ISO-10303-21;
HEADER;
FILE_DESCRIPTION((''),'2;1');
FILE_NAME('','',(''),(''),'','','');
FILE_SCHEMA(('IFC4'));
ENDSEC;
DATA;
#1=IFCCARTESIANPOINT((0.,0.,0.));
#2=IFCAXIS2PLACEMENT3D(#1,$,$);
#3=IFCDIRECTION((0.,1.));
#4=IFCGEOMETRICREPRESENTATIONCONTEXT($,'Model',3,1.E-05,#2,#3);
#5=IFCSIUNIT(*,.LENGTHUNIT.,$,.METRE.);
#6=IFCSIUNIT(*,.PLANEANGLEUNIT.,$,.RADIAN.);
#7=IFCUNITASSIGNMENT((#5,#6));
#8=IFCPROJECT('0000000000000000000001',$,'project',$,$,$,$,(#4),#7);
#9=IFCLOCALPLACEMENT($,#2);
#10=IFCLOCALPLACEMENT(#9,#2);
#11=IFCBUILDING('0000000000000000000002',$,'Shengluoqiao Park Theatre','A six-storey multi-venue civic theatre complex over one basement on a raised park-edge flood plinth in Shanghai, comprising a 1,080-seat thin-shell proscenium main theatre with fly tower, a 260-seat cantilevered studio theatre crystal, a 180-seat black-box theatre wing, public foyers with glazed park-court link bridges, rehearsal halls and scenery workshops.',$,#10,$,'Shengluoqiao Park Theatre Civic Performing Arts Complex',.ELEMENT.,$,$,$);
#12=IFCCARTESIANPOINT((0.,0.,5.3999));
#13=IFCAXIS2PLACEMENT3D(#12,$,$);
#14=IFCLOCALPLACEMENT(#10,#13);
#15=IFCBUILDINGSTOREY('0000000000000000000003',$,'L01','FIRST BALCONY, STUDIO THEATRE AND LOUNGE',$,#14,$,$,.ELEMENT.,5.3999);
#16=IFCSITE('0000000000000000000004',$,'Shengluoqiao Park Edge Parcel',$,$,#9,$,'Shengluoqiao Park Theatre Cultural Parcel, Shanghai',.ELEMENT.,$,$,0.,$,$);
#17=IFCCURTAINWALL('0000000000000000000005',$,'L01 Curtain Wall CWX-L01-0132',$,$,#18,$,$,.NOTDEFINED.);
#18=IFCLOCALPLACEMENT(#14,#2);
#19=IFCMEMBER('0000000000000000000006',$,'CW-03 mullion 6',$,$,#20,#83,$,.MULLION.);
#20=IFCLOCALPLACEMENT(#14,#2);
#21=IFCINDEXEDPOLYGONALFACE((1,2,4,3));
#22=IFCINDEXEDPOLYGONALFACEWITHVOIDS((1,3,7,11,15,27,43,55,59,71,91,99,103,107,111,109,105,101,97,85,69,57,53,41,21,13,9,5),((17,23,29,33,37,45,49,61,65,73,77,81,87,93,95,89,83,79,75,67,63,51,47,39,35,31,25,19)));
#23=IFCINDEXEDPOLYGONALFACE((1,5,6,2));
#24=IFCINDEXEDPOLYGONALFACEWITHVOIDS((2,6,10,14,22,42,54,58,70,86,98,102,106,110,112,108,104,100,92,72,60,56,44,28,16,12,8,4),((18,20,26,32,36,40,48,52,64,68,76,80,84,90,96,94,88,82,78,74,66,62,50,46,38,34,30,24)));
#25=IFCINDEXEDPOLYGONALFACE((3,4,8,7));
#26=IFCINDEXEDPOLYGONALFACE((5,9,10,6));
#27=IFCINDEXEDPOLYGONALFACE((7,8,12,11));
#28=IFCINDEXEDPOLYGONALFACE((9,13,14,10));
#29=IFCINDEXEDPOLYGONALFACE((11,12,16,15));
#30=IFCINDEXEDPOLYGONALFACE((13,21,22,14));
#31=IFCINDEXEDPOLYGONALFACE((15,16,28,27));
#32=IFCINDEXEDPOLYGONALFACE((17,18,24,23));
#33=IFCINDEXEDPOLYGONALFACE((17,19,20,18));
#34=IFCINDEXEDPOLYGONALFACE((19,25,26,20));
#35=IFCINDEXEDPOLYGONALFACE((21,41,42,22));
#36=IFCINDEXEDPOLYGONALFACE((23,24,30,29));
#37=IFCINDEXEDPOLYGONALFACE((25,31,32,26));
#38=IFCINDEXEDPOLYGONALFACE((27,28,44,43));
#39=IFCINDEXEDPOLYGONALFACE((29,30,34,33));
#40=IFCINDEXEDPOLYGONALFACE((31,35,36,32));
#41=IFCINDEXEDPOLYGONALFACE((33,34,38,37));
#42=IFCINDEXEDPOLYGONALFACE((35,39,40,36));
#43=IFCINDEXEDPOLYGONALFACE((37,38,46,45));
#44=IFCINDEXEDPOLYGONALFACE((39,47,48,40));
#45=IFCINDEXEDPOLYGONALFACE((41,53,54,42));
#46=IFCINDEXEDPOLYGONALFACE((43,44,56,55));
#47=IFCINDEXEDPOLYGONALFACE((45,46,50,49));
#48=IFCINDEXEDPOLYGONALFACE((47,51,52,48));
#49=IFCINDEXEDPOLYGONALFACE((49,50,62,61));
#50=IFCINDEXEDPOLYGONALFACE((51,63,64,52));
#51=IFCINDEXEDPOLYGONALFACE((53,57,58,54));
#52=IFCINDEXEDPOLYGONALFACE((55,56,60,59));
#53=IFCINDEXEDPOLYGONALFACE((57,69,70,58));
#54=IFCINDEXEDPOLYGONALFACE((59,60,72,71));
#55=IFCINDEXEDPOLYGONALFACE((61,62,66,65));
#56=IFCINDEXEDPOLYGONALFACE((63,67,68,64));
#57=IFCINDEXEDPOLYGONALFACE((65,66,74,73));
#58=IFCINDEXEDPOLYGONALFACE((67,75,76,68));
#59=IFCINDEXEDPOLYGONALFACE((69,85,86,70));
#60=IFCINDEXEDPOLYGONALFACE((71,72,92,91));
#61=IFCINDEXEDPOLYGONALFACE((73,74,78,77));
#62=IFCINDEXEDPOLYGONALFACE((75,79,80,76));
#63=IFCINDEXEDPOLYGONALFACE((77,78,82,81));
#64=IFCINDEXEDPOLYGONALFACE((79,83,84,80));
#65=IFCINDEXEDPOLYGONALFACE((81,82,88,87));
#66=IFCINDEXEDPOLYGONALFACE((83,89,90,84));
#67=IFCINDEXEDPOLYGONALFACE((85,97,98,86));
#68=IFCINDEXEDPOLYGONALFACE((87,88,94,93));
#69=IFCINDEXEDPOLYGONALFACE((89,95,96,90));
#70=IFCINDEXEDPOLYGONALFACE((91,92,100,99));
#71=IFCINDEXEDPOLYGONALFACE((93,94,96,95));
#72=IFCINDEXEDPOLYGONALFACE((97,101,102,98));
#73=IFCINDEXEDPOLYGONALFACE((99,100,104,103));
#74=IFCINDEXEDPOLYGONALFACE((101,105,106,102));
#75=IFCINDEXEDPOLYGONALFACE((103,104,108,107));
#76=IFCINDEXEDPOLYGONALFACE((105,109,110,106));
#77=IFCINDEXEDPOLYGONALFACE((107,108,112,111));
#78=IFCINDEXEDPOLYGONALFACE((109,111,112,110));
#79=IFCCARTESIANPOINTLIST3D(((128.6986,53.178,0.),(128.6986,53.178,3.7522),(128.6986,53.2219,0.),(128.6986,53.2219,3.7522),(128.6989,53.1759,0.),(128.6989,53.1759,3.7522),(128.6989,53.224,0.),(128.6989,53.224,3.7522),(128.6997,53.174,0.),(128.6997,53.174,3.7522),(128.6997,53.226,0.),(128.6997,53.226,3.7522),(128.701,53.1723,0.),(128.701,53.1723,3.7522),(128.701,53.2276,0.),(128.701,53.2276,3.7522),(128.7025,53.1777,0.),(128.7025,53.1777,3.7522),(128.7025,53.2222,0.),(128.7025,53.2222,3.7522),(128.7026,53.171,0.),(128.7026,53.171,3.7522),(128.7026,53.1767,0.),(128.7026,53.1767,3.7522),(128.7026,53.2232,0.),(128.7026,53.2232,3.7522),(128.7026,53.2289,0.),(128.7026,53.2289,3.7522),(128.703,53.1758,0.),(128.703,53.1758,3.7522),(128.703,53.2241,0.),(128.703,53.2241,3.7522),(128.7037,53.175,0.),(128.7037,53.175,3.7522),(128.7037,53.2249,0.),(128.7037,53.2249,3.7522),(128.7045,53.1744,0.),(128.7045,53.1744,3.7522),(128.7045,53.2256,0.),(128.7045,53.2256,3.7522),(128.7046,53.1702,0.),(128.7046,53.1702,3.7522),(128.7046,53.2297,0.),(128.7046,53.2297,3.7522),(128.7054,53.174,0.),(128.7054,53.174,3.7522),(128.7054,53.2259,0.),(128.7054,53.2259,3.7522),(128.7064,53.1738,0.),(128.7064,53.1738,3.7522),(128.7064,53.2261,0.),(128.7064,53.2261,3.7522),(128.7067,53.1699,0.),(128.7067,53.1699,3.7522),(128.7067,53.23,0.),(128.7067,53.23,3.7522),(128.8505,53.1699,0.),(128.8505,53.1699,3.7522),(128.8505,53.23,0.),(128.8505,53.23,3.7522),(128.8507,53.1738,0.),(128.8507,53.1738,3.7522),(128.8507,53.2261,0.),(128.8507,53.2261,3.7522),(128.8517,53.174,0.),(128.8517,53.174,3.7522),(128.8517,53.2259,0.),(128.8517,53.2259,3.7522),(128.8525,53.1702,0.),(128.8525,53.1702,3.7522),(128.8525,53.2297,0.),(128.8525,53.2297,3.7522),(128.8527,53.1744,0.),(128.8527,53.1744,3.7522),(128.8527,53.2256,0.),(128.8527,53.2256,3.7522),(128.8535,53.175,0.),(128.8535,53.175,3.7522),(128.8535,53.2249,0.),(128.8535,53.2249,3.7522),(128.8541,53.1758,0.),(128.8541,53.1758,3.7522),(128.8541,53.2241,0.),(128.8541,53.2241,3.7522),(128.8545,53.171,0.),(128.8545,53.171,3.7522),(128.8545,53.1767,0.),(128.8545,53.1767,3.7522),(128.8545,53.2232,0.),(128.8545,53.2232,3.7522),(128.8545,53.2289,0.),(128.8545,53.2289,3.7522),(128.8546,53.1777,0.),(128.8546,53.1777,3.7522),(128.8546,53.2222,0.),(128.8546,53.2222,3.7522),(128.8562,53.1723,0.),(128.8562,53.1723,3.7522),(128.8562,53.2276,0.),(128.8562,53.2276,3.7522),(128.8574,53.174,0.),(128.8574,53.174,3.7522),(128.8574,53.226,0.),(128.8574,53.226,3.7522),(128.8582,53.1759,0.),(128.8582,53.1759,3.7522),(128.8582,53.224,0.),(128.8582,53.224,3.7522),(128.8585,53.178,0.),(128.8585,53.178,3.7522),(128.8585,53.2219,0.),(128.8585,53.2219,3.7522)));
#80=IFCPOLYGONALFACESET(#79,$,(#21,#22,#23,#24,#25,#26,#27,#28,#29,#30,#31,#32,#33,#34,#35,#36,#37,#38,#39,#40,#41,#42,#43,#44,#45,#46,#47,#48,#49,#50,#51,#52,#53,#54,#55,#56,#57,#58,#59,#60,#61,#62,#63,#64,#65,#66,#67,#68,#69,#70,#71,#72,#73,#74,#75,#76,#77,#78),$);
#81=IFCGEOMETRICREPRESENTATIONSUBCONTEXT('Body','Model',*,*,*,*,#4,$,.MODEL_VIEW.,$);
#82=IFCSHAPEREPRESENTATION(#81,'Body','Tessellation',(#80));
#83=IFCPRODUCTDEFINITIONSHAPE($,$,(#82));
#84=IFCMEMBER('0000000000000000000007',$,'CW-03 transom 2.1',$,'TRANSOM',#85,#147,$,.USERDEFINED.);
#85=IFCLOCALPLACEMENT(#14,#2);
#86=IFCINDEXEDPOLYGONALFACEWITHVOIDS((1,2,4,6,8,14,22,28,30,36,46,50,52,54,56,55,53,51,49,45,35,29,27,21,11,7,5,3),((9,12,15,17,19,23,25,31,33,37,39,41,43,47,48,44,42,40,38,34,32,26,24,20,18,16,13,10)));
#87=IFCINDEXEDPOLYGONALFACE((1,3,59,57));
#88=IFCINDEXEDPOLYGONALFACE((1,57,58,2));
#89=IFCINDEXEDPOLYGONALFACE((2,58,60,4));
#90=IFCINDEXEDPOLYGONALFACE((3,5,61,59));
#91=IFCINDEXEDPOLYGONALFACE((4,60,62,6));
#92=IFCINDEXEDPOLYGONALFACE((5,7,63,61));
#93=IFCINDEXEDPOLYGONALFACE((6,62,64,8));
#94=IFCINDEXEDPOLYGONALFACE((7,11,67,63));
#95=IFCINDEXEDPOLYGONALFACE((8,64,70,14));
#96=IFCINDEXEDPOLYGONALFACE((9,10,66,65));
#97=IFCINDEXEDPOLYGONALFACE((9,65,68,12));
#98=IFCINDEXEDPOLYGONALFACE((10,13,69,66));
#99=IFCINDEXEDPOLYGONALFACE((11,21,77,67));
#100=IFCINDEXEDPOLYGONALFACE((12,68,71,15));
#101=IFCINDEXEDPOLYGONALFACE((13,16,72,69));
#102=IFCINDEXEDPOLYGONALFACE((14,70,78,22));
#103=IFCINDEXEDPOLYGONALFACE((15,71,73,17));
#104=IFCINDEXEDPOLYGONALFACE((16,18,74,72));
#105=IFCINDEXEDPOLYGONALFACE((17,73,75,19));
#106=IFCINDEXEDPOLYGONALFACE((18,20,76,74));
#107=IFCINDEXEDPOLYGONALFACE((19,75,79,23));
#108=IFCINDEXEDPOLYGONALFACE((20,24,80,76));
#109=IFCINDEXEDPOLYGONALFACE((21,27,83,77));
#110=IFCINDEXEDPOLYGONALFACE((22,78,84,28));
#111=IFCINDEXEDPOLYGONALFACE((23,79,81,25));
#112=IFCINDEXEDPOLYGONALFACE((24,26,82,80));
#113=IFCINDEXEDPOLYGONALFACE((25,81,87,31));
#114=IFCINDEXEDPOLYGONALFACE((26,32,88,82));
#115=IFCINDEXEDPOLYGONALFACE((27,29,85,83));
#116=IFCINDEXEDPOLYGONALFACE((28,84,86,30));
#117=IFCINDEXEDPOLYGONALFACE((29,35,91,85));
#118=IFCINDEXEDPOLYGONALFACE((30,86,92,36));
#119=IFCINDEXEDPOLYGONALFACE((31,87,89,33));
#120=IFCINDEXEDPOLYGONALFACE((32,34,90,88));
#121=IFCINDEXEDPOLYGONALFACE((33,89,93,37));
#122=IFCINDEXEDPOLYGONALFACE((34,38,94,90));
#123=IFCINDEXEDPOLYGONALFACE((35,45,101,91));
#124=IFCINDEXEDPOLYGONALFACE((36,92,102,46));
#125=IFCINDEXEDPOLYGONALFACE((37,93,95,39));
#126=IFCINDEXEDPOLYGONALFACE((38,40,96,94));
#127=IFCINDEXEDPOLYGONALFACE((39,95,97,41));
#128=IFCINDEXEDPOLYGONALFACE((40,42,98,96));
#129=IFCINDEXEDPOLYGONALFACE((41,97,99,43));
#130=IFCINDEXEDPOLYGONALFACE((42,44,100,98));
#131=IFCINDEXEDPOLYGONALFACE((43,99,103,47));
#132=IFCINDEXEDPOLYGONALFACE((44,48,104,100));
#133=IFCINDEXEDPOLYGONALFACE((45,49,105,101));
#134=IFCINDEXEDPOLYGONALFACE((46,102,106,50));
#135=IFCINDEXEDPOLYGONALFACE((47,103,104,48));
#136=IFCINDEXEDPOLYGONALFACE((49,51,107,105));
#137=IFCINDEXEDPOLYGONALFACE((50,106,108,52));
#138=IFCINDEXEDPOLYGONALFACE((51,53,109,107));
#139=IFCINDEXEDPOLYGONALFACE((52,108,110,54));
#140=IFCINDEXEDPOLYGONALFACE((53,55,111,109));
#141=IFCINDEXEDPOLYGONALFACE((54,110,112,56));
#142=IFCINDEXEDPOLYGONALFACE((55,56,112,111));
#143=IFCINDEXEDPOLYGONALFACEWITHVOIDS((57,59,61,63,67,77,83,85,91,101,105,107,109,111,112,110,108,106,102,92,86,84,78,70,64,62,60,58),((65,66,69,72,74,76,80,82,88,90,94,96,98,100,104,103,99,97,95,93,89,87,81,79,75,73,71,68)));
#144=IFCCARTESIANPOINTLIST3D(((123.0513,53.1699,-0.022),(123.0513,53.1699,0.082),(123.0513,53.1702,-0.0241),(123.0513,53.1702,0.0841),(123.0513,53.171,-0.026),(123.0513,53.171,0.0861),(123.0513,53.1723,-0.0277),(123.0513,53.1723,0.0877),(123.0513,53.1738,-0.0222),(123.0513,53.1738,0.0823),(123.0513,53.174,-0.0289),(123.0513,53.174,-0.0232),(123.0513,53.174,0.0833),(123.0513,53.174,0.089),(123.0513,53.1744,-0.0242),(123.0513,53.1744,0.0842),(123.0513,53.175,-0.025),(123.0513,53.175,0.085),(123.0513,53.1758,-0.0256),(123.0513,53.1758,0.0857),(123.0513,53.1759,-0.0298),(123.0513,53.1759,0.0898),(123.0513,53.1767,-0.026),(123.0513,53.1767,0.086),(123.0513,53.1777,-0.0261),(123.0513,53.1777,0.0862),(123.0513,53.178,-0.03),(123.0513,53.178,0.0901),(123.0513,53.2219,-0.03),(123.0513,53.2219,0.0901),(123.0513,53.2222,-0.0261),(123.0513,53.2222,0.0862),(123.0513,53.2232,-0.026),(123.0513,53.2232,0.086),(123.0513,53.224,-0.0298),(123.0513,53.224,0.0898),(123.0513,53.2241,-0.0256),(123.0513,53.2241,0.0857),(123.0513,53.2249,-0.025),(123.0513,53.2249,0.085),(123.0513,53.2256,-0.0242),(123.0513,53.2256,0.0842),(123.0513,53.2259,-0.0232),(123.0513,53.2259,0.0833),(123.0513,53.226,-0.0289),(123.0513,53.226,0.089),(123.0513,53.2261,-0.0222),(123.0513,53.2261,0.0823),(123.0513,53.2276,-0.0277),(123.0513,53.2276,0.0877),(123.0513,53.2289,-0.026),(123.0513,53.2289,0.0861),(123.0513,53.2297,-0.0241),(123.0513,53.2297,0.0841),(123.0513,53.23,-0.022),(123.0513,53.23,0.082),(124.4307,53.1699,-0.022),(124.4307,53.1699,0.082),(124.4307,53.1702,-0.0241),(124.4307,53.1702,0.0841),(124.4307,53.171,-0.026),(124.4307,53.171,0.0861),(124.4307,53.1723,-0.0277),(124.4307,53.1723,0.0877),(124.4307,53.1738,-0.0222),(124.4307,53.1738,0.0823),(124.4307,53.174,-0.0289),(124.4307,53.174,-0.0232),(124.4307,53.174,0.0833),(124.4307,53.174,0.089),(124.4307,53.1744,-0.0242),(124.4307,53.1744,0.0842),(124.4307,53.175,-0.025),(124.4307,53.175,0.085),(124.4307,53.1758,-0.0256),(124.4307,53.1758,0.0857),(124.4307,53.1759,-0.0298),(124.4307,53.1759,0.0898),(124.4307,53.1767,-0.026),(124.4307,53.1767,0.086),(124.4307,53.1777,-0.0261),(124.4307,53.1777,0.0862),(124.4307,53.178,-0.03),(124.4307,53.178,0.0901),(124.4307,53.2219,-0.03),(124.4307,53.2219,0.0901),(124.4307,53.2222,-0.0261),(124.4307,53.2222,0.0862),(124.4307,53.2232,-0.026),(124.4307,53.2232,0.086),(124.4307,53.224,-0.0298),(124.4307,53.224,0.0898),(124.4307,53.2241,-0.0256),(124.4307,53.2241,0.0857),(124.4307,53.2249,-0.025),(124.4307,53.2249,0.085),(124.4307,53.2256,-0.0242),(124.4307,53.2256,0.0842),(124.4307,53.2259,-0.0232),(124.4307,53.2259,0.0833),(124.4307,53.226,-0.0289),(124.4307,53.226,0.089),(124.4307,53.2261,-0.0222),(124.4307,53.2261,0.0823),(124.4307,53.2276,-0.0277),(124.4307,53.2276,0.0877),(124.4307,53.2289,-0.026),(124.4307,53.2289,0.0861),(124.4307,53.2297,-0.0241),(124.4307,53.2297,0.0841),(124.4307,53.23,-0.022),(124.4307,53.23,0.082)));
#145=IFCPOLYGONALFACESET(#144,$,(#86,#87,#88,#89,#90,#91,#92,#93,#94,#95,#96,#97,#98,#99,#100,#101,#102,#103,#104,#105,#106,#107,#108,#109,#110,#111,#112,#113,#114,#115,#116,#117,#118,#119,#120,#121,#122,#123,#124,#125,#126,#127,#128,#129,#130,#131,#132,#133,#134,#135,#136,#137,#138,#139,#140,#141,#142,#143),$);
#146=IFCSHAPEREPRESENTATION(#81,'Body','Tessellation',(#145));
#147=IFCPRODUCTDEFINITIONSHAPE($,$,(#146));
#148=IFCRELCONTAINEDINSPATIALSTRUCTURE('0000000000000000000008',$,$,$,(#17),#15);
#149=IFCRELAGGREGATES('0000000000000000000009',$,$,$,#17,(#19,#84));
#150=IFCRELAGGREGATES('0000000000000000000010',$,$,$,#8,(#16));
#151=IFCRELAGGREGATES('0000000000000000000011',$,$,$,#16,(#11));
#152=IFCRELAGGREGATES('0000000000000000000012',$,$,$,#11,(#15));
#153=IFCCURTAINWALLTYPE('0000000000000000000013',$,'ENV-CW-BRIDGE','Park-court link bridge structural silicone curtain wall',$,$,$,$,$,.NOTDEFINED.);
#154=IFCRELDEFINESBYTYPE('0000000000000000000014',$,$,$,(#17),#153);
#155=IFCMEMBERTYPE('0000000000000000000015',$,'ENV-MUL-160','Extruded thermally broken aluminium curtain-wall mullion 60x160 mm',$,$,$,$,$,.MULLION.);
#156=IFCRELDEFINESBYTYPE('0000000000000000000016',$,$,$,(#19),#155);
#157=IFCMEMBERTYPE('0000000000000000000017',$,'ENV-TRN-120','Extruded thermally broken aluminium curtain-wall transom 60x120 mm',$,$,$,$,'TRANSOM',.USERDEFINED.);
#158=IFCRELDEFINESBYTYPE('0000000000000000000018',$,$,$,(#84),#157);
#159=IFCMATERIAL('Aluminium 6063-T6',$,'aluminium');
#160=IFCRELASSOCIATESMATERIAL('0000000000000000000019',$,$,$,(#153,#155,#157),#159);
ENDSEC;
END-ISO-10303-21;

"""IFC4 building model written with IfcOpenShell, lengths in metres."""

from ifc_helpers import new_model, si_unit, direction, frame, origin, origin_2d, place, context, subcontext, project, spatial, hollow_rectangle, extrude, material, material_profile, profile_set, type_object, element, aggregate, save


model = new_model("IFC4")

# Units and contexts
model_context = context("Model", 3, precision=1e-05, world=origin(), true_north=direction((0.0, 1.0)))
body_context = subcontext(model_context, "Body", "Model", "MODEL_VIEW")
ifc_project = project(units=[si_unit("LENGTHUNIT", "METRE"), si_unit("PLANEANGLEUNIT", "RADIAN")], contexts=[model_context])

# Site, building, storey
site_placement = place(None, origin())
site = spatial("IfcSite", under=ifc_project, at=site_placement, Name="Shengluoqiao Park Edge Parcel", LongName="Shengluoqiao Park Theatre Cultural Parcel, Shanghai", CompositionType="ELEMENT", RefElevation=0.0)
building_placement = place(site_placement, origin())
building = spatial("IfcBuilding", under=site, at=building_placement, Name="Shengluoqiao Park Theatre", Description="A six-storey multi-venue civic theatre complex over one basement on a raised park-edge flood plinth in Shanghai, comprising a 1,080-seat thin-shell proscenium main theatre with fly tower, a 260-seat cantilevered studio theatre crystal, a 180-seat black-box theatre wing, public foyers with glazed park-court link bridges, rehearsal halls and scenery workshops.", LongName="Shengluoqiao Park Theatre Civic Performing Arts Complex", CompositionType="ELEMENT")
storey_placement = place(building_placement, frame((0.0, 0.0, 5.3999)))
storey = spatial("IfcBuildingStorey", under=building, at=storey_placement, Name="L01", Description="FIRST BALCONY, STUDIO THEATRE AND LOUNGE", CompositionType="ELEMENT", Elevation=5.3999)

# Curtain wall, members
ifc_material_1 = material(Name="Aluminium 6063-T6", Category="aluminium")
curtain_wall_type = type_object("IfcCurtainWallType", Name="ENV-CW-BRIDGE", Description="Park-court link bridge structural silicone curtain wall", PredefinedType="NOTDEFINED", material=ifc_material_1)
curtain_wall_placement = place(storey_placement, origin())
curtain_wall = element("IfcCurtainWall", 1, at=curtain_wall_placement, inside=storey, type_object=curtain_wall_type, Name="L01 Curtain Wall CWX-L01-0132", PredefinedType="NOTDEFINED")
ifc_material_profile_1 = material_profile(ifc_material_1, hollow_rectangle(XDim=0.0601, YDim=0.1599, WallThickness=0.0039, InnerFilletRadius=0.0039, OuterFilletRadius=0.0081, at=origin_2d()), Name="ALU MULLION 160x60x4")
ifc_profile_set_1 = profile_set([ifc_material_profile_1], Name="Aluminium 6063-T6")
member_type_1 = type_object("IfcMemberType", Name="ENV-MUL-160", Description="Extruded thermally broken aluminium curtain-wall mullion 60x160 mm", PredefinedType="MULLION", material=ifc_profile_set_1)
member_1_placement = place(storey_placement, frame((128.7786, 53.2, 0.0), z_axis=(0.0, 0.0, 1.0), x_axis=(0.0, 1.0, 0.0)))
member_1 = element("IfcMember", 2, at=member_1_placement, type_object=member_type_1, Name="CW-03 mullion 6", PredefinedType="MULLION", context=body_context, shape_type="SweptSolid", body=[
    extrude(hollow_rectangle(XDim=0.0601, YDim=0.1599, WallThickness=0.0039, InnerFilletRadius=0.0039, OuterFilletRadius=0.0081, at=origin_2d()), origin(), (0.0, 0.0, 1.0), 3.7522),
])
ifc_material_profile_2 = material_profile(ifc_material_1, hollow_rectangle(XDim=0.0601, YDim=0.1201, WallThickness=0.0039, InnerFilletRadius=0.0039, OuterFilletRadius=0.0081, at=origin_2d()), Name="ALU TRANSOM 120x60x4")
ifc_profile_set_2 = profile_set([ifc_material_profile_2], Name="Aluminium 6063-T6")
member_type_2 = type_object("IfcMemberType", Name="ENV-TRN-120", Description="Extruded thermally broken aluminium curtain-wall transom 60x120 mm", ElementType="TRANSOM", PredefinedType="USERDEFINED", material=ifc_profile_set_2)
member_2_placement = place(storey_placement, frame((123.0513, 53.2, 0.03), z_axis=(1.0, 0.0, 0.0), x_axis=(0.0, 1.0, 0.0)))
member_2 = element("IfcMember", 3, at=member_2_placement, type_object=member_type_2, Name="CW-03 transom 2.1", ObjectType="TRANSOM", PredefinedType="USERDEFINED", context=body_context, shape_type="SweptSolid", body=[
    extrude(hollow_rectangle(XDim=0.0601, YDim=0.1201, WallThickness=0.0039, InnerFilletRadius=0.0039, OuterFilletRadius=0.0081, at=origin_2d()), origin(), (0.0, 0.0, 1.0), 1.3794),
])

aggregate(curtain_wall, [member_1, member_2])

save(model, "model.ifc")
